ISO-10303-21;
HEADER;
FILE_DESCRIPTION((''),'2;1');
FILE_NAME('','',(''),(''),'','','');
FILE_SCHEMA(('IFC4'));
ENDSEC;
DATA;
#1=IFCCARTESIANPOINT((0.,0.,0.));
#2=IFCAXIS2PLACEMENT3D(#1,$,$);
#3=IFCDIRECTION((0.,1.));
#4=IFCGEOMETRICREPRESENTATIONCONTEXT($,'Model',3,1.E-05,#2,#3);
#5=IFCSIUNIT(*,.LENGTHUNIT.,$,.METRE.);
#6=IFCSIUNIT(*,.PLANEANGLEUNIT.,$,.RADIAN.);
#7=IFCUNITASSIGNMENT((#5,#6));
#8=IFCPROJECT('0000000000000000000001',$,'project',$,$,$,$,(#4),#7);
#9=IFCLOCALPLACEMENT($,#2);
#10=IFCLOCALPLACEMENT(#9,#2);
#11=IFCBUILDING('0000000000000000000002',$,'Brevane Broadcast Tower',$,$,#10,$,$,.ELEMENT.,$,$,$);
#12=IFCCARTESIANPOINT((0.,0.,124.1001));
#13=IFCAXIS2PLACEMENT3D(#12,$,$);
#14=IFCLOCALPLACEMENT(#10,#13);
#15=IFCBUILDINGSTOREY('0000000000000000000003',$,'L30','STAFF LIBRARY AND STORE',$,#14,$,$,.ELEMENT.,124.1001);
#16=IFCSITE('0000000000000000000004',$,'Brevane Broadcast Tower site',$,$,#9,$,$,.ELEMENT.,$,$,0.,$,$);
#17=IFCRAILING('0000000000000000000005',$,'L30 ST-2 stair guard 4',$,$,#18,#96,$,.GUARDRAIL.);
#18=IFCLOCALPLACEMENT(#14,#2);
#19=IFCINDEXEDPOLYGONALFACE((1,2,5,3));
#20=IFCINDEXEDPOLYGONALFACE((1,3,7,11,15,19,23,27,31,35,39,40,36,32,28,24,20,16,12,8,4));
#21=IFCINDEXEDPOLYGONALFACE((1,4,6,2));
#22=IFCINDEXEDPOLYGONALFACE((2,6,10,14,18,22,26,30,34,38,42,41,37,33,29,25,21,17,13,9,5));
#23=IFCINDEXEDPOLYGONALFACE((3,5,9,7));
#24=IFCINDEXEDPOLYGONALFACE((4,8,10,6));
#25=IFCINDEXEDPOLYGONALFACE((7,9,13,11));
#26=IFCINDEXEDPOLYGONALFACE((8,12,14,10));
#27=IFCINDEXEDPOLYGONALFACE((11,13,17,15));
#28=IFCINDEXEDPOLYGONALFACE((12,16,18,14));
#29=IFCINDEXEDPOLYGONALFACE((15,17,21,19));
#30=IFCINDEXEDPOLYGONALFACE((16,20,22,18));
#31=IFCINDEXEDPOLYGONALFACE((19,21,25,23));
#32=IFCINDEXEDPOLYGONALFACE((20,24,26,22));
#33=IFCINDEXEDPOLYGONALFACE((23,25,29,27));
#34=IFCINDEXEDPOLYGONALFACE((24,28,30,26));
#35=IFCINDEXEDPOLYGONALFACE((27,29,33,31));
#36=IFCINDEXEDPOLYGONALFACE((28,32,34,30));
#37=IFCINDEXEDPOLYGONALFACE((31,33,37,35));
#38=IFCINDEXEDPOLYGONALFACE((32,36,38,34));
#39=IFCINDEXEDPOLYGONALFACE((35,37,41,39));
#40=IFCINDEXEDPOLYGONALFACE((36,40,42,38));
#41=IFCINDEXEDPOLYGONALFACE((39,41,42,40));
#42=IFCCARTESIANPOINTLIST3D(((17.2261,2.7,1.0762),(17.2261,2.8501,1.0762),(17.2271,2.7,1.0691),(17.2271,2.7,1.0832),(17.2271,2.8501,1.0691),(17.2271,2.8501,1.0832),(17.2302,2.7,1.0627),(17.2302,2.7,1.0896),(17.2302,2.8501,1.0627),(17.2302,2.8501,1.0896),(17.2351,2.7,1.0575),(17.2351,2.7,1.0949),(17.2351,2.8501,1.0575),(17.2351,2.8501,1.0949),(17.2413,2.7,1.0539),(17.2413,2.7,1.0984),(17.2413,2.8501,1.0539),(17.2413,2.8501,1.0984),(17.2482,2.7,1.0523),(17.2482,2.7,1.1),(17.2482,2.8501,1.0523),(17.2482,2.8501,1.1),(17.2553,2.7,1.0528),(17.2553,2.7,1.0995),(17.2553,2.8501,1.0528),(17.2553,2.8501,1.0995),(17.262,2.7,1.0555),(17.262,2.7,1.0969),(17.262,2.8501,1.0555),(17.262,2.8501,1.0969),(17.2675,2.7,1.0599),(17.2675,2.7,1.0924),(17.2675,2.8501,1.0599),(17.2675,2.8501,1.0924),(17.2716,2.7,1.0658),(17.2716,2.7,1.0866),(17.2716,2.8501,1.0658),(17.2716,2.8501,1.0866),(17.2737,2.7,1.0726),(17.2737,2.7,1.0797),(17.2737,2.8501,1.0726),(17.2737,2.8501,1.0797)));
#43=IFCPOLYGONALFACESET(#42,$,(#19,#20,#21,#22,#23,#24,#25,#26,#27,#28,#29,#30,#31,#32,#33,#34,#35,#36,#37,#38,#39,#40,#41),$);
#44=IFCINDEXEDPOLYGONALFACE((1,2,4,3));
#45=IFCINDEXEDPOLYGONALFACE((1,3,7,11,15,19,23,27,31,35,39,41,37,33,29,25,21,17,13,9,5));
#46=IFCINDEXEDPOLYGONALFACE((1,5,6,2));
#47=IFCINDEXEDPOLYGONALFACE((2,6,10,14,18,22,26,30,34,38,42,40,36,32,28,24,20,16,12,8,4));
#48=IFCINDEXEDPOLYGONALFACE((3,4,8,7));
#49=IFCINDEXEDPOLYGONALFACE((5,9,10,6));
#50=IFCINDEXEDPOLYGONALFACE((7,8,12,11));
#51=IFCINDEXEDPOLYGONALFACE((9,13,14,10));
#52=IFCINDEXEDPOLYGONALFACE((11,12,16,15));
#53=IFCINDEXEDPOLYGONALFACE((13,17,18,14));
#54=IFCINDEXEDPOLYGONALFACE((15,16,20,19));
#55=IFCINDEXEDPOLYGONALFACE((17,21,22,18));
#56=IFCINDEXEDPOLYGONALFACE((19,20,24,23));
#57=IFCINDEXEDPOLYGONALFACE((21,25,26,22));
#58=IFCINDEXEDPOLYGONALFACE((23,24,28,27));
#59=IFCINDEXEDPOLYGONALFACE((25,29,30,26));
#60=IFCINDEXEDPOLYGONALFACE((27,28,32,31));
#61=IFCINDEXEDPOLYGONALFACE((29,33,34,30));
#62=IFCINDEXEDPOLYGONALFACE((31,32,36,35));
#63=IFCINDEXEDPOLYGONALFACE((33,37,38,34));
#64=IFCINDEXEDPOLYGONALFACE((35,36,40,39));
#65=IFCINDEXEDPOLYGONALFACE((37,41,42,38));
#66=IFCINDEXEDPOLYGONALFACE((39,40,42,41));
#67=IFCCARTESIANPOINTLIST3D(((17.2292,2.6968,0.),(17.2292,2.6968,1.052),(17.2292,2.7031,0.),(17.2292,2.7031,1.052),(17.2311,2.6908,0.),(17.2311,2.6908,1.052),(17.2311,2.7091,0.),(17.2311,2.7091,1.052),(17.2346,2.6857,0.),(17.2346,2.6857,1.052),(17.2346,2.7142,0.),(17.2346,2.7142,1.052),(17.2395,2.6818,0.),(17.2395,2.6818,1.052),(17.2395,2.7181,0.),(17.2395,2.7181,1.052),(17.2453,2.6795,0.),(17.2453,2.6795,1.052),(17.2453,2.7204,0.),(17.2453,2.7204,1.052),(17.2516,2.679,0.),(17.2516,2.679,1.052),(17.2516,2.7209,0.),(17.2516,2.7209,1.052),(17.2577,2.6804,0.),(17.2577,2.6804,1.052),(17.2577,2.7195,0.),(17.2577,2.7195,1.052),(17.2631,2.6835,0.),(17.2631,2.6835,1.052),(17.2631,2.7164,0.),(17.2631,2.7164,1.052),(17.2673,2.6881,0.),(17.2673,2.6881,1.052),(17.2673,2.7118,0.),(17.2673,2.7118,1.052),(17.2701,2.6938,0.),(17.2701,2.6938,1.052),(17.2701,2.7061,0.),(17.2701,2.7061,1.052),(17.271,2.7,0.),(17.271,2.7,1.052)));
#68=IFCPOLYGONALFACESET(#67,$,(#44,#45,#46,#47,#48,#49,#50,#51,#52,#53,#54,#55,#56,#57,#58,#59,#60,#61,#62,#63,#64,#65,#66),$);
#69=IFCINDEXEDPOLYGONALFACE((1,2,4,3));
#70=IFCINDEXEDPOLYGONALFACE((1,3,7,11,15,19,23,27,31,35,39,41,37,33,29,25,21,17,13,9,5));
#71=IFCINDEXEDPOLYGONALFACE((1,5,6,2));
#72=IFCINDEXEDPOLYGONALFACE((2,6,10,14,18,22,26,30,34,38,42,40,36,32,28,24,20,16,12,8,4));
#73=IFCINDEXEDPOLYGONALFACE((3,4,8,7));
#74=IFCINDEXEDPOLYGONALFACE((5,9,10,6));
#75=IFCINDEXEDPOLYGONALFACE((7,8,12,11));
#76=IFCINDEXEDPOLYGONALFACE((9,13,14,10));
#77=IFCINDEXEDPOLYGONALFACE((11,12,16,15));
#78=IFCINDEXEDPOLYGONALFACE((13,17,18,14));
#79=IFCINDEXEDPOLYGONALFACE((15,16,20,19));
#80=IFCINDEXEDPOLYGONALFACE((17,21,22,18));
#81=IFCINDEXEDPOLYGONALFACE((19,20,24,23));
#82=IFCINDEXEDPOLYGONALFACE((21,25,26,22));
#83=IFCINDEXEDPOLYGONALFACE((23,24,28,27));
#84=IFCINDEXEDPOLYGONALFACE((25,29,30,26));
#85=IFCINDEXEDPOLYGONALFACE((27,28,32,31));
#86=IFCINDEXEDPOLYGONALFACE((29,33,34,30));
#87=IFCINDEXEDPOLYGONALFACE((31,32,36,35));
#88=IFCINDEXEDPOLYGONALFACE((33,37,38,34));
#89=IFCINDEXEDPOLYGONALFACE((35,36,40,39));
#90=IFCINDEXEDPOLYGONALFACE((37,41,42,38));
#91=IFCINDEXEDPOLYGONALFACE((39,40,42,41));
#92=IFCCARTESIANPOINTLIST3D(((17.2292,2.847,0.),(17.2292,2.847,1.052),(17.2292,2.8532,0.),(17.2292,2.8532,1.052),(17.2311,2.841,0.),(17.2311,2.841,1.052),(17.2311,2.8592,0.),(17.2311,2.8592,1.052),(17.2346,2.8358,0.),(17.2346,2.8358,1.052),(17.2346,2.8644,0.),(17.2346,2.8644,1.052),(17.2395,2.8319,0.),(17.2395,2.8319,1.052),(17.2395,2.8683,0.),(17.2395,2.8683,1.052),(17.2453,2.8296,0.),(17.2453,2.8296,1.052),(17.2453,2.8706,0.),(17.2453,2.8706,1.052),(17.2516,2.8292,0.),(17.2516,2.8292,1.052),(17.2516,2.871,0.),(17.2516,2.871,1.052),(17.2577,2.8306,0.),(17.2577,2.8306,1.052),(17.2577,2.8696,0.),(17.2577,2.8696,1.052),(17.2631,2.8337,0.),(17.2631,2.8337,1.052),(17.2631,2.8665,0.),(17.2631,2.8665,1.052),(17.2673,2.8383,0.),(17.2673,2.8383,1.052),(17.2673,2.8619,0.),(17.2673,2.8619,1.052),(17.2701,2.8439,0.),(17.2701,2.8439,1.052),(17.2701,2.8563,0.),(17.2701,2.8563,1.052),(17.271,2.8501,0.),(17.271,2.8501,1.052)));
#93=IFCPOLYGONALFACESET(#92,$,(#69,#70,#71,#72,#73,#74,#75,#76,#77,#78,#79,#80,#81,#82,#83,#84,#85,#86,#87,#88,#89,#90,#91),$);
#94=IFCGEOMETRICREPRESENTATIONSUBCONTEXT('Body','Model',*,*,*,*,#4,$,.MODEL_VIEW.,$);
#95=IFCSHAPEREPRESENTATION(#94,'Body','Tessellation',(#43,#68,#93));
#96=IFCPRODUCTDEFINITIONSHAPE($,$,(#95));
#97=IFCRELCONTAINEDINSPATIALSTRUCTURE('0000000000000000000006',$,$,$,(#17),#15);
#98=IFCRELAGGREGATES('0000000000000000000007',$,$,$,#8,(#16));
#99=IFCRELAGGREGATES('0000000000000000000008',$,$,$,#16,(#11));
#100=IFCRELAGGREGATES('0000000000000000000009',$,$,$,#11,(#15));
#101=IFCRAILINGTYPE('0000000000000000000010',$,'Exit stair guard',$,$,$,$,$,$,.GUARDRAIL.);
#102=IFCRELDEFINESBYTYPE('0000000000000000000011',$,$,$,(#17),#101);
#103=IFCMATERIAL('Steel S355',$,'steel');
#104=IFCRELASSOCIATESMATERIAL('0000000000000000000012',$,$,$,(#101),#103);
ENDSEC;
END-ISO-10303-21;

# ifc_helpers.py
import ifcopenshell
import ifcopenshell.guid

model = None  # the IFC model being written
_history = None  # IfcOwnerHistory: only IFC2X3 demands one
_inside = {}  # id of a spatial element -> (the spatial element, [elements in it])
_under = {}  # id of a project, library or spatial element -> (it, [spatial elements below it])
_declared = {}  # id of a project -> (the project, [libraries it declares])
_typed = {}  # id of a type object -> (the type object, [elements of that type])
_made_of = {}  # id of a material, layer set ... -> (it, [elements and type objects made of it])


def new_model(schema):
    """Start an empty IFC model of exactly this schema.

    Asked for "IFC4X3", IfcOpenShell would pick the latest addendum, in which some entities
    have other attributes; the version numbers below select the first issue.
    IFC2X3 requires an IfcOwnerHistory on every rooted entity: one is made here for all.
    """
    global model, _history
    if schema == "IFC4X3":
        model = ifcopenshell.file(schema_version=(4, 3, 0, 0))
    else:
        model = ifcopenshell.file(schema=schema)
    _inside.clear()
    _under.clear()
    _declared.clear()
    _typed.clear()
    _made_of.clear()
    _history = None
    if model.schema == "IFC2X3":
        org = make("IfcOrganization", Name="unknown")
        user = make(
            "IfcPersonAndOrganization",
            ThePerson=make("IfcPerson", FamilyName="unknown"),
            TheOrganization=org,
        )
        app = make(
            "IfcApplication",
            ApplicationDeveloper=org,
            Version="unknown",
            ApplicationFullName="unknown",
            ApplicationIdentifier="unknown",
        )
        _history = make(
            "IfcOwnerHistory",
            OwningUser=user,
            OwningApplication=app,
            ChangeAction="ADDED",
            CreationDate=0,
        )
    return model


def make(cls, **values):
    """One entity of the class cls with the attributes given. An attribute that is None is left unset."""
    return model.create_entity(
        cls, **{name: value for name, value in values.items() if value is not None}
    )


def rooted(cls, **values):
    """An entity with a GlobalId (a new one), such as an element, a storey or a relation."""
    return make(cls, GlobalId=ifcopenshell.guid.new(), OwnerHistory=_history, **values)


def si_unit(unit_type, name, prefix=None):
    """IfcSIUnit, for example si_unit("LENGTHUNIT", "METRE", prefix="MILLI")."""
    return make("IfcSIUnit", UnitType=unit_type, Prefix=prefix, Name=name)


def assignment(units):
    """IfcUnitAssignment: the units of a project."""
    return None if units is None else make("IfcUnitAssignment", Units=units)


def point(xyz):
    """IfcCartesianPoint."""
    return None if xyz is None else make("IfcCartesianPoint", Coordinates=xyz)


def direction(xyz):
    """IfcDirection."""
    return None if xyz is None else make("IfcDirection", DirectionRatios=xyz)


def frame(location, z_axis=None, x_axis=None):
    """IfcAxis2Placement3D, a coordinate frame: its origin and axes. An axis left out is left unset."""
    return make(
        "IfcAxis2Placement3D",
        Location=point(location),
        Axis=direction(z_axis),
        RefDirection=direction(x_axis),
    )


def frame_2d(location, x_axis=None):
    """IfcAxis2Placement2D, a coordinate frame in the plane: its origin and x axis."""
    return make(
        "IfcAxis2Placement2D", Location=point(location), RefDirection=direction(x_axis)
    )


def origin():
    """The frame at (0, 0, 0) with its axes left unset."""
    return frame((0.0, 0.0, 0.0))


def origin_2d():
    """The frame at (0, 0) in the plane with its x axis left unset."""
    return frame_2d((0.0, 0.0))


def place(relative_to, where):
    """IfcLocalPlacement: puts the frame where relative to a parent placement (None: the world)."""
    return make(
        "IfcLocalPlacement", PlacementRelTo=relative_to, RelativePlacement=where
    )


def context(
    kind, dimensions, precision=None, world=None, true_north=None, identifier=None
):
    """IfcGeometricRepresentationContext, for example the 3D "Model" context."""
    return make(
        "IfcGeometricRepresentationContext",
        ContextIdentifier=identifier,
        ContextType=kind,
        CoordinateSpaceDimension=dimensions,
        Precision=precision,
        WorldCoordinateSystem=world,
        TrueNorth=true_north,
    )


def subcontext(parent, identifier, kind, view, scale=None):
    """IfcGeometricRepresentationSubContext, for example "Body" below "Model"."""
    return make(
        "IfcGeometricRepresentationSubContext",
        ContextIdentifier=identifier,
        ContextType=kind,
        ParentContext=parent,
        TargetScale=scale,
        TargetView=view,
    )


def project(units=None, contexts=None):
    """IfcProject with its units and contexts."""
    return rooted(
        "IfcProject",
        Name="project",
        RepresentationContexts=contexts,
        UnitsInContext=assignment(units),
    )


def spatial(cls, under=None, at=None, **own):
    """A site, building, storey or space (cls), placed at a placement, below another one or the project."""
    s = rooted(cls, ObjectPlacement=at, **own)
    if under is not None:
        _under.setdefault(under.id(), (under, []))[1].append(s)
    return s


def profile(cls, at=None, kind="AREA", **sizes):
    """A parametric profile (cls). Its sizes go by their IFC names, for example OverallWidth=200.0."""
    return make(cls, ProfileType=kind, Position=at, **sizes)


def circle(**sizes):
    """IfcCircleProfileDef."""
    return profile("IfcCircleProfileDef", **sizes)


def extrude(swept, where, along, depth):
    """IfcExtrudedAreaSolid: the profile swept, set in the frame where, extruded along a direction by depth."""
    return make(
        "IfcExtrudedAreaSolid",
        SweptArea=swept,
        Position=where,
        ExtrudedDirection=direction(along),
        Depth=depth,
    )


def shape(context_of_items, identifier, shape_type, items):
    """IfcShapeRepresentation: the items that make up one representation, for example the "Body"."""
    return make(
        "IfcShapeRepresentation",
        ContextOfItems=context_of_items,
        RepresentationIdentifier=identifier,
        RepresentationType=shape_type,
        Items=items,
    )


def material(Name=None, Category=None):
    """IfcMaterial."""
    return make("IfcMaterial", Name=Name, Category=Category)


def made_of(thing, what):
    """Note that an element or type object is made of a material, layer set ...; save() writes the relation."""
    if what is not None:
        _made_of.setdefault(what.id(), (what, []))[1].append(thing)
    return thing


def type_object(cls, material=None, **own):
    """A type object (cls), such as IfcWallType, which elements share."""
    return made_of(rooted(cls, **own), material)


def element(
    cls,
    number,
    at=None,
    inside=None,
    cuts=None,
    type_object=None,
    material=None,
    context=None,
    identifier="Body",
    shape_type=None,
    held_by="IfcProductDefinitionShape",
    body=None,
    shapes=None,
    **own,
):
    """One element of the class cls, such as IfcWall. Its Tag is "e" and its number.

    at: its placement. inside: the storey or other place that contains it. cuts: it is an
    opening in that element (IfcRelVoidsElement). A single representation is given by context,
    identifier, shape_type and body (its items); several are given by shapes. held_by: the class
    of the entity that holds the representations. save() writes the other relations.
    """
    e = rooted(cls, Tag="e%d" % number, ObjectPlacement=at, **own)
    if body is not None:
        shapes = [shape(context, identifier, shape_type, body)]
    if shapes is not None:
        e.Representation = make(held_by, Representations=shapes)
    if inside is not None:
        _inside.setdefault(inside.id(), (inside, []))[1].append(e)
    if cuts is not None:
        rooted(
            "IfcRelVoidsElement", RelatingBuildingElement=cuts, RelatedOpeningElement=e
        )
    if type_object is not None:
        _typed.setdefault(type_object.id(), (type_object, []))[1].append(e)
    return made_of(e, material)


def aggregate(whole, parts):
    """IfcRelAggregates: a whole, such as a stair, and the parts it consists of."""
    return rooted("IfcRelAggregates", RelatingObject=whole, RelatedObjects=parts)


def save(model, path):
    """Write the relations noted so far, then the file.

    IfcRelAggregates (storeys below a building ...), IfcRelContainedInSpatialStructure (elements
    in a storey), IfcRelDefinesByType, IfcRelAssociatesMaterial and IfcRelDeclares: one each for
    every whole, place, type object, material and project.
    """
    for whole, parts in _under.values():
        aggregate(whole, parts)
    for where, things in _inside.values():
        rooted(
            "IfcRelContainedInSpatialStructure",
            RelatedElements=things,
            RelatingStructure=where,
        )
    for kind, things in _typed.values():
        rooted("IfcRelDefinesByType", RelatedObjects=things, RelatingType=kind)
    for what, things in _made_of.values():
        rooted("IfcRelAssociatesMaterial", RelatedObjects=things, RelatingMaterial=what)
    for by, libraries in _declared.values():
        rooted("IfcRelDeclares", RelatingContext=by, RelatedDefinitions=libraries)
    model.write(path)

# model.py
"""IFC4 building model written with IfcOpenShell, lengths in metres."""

from ifc_helpers import new_model, si_unit, direction, frame, origin, origin_2d, place, context, subcontext, project, spatial, circle, extrude, material, type_object, element, save


model = new_model("IFC4")

# Units and contexts
model_context = context("Model", 3, precision=1e-05, world=origin(), true_north=direction((0.0, 1.0)))
body_context = subcontext(model_context, "Body", "Model", "MODEL_VIEW")
ifc_project = project(units=[si_unit("LENGTHUNIT", "METRE"), si_unit("PLANEANGLEUNIT", "RADIAN")], contexts=[model_context])

# Site, building, storey
site_placement = place(None, origin())
site = spatial("IfcSite", under=ifc_project, at=site_placement, Name="Brevane Broadcast Tower site", CompositionType="ELEMENT", RefElevation=0.0)
building_placement = place(site_placement, origin())
building = spatial("IfcBuilding", under=site, at=building_placement, Name="Brevane Broadcast Tower", CompositionType="ELEMENT")
storey_placement = place(building_placement, frame((0.0, 0.0, 124.1001)))
storey = spatial("IfcBuildingStorey", under=building, at=storey_placement, Name="L30", Description="STAFF LIBRARY AND STORE", CompositionType="ELEMENT", Elevation=124.1001)

# Railing
ifc_material_1 = material(Name="Steel S355", Category="steel")
railing_type_1 = type_object("IfcRailingType", Name="Exit stair guard", PredefinedType="GUARDRAIL", material=ifc_material_1)
railing_1_placement = place(storey_placement, frame((17.25, 2.7, 0.0)))
element("IfcRailing", 1, at=railing_1_placement, inside=storey, type_object=railing_type_1, Name="L30 ST-2 stair guard 4", PredefinedType="GUARDRAIL", context=body_context, shape_type="SweptSolid", body=[
    extrude(circle(Radius=0.0239, at=origin_2d()), frame((0.0, 0.0, 1.0762), z_axis=(0.0, 1.0, 0.0), x_axis=(-1.0, 0.0, 0.0)), (0.0, 0.0, 1.0), 0.1501),
    extrude(circle(Radius=0.021, at=origin_2d()), origin(), (0.0, 0.0, 1.0), 1.052),
    extrude(circle(Radius=0.021, at=origin_2d()), frame((0.0, 0.1501, 0.0)), (0.0, 0.0, 1.0), 1.052),
])

save(model, "model.ifc")
